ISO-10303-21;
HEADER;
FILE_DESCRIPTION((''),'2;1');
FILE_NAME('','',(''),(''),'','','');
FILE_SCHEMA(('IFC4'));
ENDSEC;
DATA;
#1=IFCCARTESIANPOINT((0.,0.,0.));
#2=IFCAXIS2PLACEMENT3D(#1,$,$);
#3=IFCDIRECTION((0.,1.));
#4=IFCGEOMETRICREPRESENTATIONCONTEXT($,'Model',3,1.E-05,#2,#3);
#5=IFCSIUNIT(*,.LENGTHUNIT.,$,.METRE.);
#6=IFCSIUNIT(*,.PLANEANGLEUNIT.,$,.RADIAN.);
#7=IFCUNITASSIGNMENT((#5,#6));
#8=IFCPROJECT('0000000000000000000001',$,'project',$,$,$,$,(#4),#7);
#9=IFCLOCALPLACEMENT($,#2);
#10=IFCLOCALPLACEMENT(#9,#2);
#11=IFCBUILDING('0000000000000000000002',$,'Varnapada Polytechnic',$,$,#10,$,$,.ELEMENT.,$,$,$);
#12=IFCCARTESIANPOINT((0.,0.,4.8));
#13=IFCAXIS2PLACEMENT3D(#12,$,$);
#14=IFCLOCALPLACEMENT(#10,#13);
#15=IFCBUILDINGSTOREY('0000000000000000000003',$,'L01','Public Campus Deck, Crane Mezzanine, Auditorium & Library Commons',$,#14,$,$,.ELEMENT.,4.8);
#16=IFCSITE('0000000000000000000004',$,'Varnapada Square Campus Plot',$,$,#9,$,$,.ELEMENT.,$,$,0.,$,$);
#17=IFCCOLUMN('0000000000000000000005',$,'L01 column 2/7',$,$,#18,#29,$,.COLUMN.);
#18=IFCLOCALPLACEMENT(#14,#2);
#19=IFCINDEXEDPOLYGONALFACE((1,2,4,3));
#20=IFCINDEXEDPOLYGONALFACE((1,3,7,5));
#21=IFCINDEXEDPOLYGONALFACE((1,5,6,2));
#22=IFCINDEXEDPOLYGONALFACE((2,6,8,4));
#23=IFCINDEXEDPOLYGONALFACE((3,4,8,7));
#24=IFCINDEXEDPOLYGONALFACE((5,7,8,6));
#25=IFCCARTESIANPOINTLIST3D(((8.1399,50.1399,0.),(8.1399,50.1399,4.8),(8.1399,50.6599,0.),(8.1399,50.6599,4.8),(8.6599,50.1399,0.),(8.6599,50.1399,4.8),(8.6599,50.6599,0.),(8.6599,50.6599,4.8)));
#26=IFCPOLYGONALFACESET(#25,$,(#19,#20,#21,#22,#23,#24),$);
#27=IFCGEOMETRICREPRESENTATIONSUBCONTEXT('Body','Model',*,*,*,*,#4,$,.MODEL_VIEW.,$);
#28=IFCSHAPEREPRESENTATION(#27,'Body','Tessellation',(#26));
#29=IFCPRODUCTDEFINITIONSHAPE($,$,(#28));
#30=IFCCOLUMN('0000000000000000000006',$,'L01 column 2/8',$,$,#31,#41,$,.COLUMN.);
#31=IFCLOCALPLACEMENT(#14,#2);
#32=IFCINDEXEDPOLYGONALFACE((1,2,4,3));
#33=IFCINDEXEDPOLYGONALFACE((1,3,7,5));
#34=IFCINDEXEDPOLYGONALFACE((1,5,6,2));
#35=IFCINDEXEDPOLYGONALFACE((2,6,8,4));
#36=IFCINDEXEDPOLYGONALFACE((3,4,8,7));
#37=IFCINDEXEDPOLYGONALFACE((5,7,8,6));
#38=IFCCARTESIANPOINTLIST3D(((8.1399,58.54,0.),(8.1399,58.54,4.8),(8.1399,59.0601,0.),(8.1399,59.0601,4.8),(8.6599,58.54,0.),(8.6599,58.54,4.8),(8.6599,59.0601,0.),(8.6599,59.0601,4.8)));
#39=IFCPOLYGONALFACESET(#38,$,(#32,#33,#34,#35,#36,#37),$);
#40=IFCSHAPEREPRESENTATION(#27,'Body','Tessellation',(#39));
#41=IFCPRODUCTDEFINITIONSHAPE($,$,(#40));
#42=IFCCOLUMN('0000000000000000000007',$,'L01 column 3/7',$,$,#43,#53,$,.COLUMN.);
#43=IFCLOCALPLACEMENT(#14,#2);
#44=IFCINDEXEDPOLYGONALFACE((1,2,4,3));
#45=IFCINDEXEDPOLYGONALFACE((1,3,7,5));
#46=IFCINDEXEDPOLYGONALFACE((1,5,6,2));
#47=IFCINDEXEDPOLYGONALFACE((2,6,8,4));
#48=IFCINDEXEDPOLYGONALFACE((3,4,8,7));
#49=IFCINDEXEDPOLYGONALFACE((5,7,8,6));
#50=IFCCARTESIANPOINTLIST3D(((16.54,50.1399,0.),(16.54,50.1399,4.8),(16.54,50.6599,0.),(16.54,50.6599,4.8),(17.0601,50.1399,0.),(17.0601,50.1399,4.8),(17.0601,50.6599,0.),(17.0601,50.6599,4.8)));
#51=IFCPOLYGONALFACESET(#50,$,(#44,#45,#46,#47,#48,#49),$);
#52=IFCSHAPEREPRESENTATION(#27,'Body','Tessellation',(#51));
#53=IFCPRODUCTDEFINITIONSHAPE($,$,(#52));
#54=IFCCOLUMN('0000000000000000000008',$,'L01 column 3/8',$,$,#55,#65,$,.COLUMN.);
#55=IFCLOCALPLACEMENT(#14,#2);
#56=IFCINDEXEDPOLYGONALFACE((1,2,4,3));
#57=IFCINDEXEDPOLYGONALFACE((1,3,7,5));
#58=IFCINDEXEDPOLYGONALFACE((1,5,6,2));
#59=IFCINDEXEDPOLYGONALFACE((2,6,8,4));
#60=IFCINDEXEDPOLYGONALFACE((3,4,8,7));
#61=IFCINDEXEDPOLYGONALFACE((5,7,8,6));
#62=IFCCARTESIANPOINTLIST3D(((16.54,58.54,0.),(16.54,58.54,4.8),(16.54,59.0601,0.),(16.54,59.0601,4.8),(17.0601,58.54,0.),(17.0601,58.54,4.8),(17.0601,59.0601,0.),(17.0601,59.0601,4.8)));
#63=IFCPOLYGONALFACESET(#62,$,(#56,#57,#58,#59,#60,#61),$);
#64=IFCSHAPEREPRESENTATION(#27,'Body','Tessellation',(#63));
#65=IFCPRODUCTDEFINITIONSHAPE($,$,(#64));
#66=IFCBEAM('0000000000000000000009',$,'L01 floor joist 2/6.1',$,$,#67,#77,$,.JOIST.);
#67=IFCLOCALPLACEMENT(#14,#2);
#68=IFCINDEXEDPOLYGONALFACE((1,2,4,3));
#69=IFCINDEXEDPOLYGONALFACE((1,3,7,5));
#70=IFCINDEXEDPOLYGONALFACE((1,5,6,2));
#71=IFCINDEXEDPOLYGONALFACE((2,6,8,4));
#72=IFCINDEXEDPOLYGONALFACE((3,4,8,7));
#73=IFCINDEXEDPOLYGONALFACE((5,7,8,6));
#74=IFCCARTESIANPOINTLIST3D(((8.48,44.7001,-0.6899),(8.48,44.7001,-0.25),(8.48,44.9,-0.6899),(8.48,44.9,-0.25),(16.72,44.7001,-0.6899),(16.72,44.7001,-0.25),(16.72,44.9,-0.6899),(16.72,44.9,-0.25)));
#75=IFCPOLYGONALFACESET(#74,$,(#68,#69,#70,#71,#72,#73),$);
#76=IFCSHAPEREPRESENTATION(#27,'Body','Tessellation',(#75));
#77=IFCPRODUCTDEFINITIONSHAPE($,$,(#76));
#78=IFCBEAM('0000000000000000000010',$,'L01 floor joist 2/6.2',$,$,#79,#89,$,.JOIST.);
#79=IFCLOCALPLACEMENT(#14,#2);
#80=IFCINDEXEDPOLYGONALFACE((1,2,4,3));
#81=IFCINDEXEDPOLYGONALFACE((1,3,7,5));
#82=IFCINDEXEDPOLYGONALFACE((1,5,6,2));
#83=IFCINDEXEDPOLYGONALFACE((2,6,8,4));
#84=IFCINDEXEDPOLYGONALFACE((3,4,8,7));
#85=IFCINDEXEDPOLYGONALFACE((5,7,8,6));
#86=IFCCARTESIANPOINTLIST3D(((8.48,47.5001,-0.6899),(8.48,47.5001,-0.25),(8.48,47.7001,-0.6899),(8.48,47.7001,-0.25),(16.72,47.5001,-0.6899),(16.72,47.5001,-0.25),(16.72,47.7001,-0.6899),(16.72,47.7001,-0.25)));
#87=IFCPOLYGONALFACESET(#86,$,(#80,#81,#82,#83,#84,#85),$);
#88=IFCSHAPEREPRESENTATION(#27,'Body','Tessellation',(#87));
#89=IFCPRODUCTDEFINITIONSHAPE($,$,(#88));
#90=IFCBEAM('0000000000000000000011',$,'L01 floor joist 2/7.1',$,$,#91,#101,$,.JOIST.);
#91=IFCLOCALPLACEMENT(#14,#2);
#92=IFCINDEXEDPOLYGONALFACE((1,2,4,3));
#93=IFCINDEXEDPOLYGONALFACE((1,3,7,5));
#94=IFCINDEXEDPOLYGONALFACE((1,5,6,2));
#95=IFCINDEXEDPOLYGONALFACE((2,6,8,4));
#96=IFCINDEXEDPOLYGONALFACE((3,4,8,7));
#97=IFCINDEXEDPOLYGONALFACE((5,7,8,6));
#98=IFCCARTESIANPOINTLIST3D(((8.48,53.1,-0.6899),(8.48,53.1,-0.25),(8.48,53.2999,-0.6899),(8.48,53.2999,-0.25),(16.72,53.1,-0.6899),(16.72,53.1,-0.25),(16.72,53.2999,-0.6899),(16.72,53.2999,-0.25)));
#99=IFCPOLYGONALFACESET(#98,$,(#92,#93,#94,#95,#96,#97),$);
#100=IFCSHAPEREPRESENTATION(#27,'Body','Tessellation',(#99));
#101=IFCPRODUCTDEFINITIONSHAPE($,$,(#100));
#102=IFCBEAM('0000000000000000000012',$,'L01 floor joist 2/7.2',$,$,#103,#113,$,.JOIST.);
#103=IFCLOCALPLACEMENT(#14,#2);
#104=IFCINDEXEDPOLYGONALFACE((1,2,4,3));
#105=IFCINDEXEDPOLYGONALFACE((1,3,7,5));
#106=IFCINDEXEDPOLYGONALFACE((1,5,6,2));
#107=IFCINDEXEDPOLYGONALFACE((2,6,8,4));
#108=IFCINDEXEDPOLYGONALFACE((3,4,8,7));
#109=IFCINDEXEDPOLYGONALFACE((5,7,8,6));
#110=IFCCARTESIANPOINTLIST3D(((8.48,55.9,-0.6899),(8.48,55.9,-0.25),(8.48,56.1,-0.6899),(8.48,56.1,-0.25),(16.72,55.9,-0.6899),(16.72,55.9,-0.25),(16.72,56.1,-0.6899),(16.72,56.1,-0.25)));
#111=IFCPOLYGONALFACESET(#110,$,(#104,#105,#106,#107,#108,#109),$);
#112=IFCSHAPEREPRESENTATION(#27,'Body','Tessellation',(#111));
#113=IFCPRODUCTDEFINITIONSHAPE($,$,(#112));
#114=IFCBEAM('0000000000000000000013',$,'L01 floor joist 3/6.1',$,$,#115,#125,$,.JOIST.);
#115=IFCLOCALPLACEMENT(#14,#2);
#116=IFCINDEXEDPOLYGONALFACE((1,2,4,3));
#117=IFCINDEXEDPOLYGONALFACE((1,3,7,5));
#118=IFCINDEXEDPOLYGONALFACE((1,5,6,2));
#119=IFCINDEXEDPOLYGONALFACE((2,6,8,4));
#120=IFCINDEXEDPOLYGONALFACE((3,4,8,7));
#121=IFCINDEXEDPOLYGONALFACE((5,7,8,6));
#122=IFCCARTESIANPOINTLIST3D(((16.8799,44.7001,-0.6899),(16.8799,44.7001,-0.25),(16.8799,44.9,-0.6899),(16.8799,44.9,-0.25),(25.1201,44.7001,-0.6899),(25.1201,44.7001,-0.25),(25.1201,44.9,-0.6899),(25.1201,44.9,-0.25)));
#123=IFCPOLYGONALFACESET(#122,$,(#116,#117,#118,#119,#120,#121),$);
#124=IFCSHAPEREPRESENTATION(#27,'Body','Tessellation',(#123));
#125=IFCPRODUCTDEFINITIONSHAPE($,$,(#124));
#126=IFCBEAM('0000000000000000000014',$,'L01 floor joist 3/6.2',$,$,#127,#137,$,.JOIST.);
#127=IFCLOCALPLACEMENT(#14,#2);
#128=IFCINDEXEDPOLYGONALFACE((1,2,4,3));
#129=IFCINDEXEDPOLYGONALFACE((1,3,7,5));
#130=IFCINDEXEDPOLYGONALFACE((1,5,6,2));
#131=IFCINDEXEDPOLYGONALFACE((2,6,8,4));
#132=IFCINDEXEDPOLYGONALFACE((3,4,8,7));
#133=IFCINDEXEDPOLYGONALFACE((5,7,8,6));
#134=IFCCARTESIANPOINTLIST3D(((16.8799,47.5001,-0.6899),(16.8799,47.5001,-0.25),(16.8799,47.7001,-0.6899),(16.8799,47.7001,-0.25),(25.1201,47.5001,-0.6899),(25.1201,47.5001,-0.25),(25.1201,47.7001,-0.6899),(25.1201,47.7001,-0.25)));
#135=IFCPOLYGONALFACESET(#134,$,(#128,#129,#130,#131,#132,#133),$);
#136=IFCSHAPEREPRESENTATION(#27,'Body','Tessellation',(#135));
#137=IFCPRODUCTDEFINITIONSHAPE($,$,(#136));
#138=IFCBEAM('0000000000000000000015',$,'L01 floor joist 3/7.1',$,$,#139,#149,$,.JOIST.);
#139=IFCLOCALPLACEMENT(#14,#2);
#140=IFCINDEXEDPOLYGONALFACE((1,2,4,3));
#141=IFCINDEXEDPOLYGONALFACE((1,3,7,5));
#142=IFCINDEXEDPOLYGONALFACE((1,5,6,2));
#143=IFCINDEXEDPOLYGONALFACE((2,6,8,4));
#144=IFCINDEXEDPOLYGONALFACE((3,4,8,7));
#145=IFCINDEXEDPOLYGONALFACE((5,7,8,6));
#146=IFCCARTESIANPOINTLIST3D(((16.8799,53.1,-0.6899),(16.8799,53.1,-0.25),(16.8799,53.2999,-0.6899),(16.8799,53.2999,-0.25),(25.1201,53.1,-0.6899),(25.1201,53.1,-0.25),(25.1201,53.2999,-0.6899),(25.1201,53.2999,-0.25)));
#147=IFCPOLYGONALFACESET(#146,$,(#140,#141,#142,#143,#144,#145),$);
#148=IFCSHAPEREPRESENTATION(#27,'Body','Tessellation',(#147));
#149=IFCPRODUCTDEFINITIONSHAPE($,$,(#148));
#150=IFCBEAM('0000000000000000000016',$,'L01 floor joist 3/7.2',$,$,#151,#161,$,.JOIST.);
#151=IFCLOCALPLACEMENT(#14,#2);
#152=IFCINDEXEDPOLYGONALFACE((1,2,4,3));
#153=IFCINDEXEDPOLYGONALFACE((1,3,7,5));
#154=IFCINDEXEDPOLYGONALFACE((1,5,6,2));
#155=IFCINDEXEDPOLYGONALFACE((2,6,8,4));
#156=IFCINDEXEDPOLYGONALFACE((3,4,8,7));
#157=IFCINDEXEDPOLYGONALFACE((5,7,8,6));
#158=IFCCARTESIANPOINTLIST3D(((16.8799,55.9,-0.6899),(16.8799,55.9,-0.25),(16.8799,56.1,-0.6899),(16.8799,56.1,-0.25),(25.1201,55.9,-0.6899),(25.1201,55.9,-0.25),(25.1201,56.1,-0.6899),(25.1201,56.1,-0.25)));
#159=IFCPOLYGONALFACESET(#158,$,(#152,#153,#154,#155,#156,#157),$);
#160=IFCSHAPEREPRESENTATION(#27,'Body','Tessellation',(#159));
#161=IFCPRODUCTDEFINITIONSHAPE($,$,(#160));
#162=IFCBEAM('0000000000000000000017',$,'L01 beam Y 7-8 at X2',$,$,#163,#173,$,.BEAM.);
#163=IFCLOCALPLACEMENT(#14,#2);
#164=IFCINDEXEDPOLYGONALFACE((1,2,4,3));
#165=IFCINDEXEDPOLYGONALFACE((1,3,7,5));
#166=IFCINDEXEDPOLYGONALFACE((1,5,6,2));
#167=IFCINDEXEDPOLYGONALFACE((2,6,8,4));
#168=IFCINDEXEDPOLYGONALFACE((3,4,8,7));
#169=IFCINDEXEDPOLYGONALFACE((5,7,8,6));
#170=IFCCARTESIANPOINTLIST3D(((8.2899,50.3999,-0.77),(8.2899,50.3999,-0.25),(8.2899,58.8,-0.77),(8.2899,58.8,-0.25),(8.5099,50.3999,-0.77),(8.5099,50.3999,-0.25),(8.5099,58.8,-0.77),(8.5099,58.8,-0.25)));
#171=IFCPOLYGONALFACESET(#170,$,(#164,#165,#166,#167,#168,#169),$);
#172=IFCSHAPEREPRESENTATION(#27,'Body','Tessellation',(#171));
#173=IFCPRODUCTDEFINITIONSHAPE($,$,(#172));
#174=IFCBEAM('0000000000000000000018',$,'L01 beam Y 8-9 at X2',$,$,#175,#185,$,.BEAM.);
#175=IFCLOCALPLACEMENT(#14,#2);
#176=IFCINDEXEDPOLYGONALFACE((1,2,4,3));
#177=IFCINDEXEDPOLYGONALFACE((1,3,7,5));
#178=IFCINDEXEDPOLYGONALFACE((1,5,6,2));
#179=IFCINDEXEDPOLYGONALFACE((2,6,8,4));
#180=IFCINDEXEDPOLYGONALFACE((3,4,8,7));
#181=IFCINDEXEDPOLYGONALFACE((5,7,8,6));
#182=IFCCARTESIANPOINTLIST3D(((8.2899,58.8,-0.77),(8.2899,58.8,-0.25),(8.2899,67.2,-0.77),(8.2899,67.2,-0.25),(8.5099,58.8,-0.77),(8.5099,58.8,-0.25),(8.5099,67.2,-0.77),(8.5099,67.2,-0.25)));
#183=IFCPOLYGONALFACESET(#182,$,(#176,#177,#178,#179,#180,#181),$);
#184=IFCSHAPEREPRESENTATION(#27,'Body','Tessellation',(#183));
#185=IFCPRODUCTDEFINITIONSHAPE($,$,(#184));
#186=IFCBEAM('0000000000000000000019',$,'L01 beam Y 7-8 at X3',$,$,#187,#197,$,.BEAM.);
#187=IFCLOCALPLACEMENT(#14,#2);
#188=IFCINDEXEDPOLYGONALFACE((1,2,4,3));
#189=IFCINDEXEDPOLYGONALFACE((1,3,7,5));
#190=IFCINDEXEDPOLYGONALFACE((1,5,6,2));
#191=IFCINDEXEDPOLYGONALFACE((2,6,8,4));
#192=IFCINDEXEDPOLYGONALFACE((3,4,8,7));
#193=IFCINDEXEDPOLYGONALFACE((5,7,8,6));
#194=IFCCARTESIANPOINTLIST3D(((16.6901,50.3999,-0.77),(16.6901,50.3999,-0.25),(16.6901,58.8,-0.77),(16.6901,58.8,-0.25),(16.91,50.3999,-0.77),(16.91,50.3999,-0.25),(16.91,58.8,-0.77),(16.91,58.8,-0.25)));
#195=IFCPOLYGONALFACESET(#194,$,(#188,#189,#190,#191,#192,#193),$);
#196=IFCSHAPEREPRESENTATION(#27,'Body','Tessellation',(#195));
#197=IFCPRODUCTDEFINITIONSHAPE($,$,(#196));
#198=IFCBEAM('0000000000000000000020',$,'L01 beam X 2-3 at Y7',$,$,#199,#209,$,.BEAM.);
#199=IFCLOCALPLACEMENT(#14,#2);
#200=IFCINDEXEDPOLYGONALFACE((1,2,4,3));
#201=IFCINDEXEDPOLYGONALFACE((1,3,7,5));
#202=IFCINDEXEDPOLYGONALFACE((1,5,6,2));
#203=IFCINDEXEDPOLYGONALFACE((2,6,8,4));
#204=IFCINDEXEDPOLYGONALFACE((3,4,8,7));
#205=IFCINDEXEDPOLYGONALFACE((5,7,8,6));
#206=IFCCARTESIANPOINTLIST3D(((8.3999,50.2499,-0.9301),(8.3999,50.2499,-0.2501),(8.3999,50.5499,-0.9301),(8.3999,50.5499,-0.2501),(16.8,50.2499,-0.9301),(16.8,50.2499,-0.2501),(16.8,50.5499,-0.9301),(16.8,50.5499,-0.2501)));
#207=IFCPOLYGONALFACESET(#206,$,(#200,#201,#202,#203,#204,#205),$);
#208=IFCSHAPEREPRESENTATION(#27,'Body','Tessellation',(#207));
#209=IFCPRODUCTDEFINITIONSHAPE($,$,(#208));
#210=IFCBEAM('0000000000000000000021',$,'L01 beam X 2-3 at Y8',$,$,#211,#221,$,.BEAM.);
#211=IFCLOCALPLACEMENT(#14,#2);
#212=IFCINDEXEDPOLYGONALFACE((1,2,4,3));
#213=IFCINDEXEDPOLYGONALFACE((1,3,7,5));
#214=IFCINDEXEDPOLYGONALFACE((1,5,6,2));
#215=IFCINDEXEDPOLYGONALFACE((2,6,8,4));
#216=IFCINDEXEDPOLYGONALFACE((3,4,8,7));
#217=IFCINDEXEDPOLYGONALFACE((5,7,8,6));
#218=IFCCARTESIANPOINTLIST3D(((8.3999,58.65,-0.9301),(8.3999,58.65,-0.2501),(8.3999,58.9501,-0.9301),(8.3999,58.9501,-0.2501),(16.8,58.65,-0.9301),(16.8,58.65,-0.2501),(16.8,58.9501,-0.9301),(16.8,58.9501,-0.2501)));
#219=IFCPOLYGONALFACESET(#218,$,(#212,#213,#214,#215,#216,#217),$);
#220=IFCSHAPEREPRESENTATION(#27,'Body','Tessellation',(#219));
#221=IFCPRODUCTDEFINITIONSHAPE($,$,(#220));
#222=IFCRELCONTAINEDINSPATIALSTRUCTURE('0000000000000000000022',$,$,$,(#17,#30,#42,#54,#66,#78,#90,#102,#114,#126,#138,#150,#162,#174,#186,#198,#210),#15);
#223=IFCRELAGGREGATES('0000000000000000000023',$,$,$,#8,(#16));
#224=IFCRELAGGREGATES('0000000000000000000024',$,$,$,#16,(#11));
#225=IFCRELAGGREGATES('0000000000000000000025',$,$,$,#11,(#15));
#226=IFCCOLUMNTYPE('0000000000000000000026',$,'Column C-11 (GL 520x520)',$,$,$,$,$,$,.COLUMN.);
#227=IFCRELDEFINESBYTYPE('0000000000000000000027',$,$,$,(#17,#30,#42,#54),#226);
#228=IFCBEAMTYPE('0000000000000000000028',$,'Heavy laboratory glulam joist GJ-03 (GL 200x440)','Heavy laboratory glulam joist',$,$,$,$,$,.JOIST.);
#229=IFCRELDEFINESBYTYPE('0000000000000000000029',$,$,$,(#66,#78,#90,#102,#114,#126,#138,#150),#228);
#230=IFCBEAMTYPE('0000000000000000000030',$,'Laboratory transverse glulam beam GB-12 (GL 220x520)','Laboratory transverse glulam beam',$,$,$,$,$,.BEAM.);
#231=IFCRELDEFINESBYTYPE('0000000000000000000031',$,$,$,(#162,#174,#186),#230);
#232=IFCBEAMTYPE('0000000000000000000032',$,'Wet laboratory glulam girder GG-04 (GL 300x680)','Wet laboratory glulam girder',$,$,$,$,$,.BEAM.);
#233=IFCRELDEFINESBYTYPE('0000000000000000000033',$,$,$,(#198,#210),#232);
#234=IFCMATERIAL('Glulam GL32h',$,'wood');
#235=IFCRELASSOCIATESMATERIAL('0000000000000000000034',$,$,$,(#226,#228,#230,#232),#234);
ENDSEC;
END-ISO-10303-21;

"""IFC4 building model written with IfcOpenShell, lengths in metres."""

from ifc_helpers import new_model, si_unit, direction, frame, origin, origin_2d, place, context, subcontext, project, spatial, rectangle, extrude, material, material_profile, profile_set, type_object, element, save


model = new_model("IFC4")

# Units and contexts
model_context = context("Model", 3, precision=1e-05, world=origin(), true_north=direction((0.0, 1.0)))
body_context = subcontext(model_context, "Body", "Model", "MODEL_VIEW")
ifc_project = project(units=[si_unit("LENGTHUNIT", "METRE"), si_unit("PLANEANGLEUNIT", "RADIAN")], contexts=[model_context])

# Site, building, storey
site_placement = place(None, origin())
site = spatial("IfcSite", under=ifc_project, at=site_placement, Name="Varnapada Square Campus Plot", CompositionType="ELEMENT", RefElevation=0.0)
building_placement = place(site_placement, origin())
building = spatial("IfcBuilding", under=site, at=building_placement, Name="Varnapada Polytechnic", CompositionType="ELEMENT")
storey_placement = place(building_placement, frame((0.0, 0.0, 4.8)))
storey = spatial("IfcBuildingStorey", under=building, at=storey_placement, Name="L01", Description="Public Campus Deck, Crane Mezzanine, Auditorium & Library Commons", CompositionType="ELEMENT", Elevation=4.8)

# Columns
ifc_material_1 = material(Name="Glulam GL32h", Category="wood")
ifc_material_profile_1 = material_profile(ifc_material_1, rectangle(XDim=0.52, YDim=0.52, at=origin_2d()), Name="GL 520x520")
ifc_profile_set_1 = profile_set([ifc_material_profile_1], Name="Glulam GL32h")
column_type = type_object("IfcColumnType", Name="Column C-11 (GL 520x520)", PredefinedType="COLUMN", material=ifc_profile_set_1)
for number, where, z_axis, x_axis, name in (
    (1, (8.3999, 50.3999, 0.0), (0.0, 0.0, 1.0), (1.0, 0.0, 0.0), "L01 column 2/7"),
    (2, (8.3999, 58.8, 0.0), (0.0, 0.0, 1.0), (1.0, 0.0, 0.0), "L01 column 2/8"),
    (3, (16.8, 50.3999, 0.0), (0.0, 0.0, 1.0), (1.0, 0.0, 0.0), "L01 column 3/7"),
    (4, (16.8, 58.8, 0.0), (0.0, 0.0, 1.0), (1.0, 0.0, 0.0), "L01 column 3/8"),
):
    element("IfcColumn", number, at=place(storey_placement, frame(where, z_axis=z_axis, x_axis=x_axis)), inside=storey, type_object=column_type, Name=name, PredefinedType="COLUMN", context=body_context, shape_type="SweptSolid", body=[
        extrude(rectangle(XDim=0.52, YDim=0.52, at=origin_2d()), origin(), (0.0, 0.0, 1.0), 4.8),
    ])

# Beams
ifc_material_profile_2 = material_profile(ifc_material_1, rectangle(XDim=0.2, YDim=0.4399, at=origin_2d()), Name="GL 200x440")
ifc_profile_set_2 = profile_set([ifc_material_profile_2], Name="Glulam GL32h")
beam_type_1 = type_object("IfcBeamType", Name="Heavy laboratory glulam joist GJ-03 (GL 200x440)", Description="Heavy laboratory glulam joist", PredefinedType="JOIST", material=ifc_profile_set_2)
for number, where, z_axis, x_axis, name in (
    (5, (8.48, 44.8, -0.47), (1.0, 0.0, 0.0), (0.0, 1.0, 0.0), "L01 floor joist 2/6.1"),
    (6, (8.48, 47.6001, -0.47), (1.0, 0.0, 0.0), (0.0, 1.0, 0.0), "L01 floor joist 2/6.2"),
    (7, (8.48, 53.2, -0.47), (1.0, 0.0, 0.0), (0.0, 1.0, 0.0), "L01 floor joist 2/7.1"),
    (8, (8.48, 56.0, -0.47), (1.0, 0.0, 0.0), (0.0, 1.0, 0.0), "L01 floor joist 2/7.2"),
):
    element("IfcBeam", number, at=place(storey_placement, frame(where, z_axis=z_axis, x_axis=x_axis)), inside=storey, type_object=beam_type_1, Name=name, PredefinedType="JOIST", context=body_context, shape_type="SweptSolid", body=[
        extrude(rectangle(XDim=0.2, YDim=0.4399, at=origin_2d()), origin(), (0.0, 0.0, 1.0), 8.24),
    ])
for number, where, z_axis, x_axis, name in (
    (9, (16.8799, 44.8, -0.47), (1.0, 0.0, 0.0), (0.0, 1.0, 0.0), "L01 floor joist 3/6.1"),
    (10, (16.8799, 47.6001, -0.47), (1.0, 0.0, 0.0), (0.0, 1.0, 0.0), "L01 floor joist 3/6.2"),
    (11, (16.8799, 53.2, -0.47), (1.0, 0.0, 0.0), (0.0, 1.0, 0.0), "L01 floor joist 3/7.1"),
    (12, (16.8799, 56.0, -0.47), (1.0, 0.0, 0.0), (0.0, 1.0, 0.0), "L01 floor joist 3/7.2"),
):
    element("IfcBeam", number, at=place(storey_placement, frame(where, z_axis=z_axis, x_axis=x_axis)), inside=storey, type_object=beam_type_1, Name=name, PredefinedType="JOIST", context=body_context, shape_type="SweptSolid", body=[
        extrude(rectangle(XDim=0.2, YDim=0.4399, at=origin_2d()), origin(), (0.0, 0.0, 1.0), 8.2402),
    ])
ifc_material_profile_3 = material_profile(ifc_material_1, rectangle(XDim=0.22, YDim=0.52, at=origin_2d()), Name="GL 220x520")
ifc_profile_set_3 = profile_set([ifc_material_profile_3], Name="Glulam GL32h")
beam_type_2 = type_object("IfcBeamType", Name="Laboratory transverse glulam beam GB-12 (GL 220x520)", Description="Laboratory transverse glulam beam", PredefinedType="BEAM", material=ifc_profile_set_3)
beam_1_placement = place(storey_placement, frame((8.3999, 50.3999, -0.51), z_axis=(0.0, 1.0, 0.0), x_axis=(-1.0, 0.0, 0.0)))
element("IfcBeam", 13, at=beam_1_placement, inside=storey, type_object=beam_type_2, Name="L01 beam Y 7-8 at X2", PredefinedType="BEAM", context=body_context, shape_type="SweptSolid", body=[
    extrude(rectangle(XDim=0.22, YDim=0.52, at=origin_2d()), origin(), (0.0, 0.0, 1.0), 8.4001),
])
beam_2_placement = place(storey_placement, frame((8.3999, 58.8, -0.51), z_axis=(0.0, 1.0, 0.0), x_axis=(-1.0, 0.0, 0.0)))
element("IfcBeam", 14, at=beam_2_placement, inside=storey, type_object=beam_type_2, Name="L01 beam Y 8-9 at X2", PredefinedType="BEAM", context=body_context, shape_type="SweptSolid", body=[
    extrude(rectangle(XDim=0.22, YDim=0.52, at=origin_2d()), origin(), (0.0, 0.0, 1.0), 8.3999),
])
beam_3_placement = place(storey_placement, frame((16.8, 50.3999, -0.51), z_axis=(0.0, 1.0, 0.0), x_axis=(-1.0, 0.0, 0.0)))
element("IfcBeam", 15, at=beam_3_placement, inside=storey, type_object=beam_type_2, Name="L01 beam Y 7-8 at X3", PredefinedType="BEAM", context=body_context, shape_type="SweptSolid", body=[
    extrude(rectangle(XDim=0.22, YDim=0.52, at=origin_2d()), origin(), (0.0, 0.0, 1.0), 8.4001),
])
ifc_material_profile_4 = material_profile(ifc_material_1, rectangle(XDim=0.3, YDim=0.6799, at=origin_2d()), Name="GL 300x680")
ifc_profile_set_4 = profile_set([ifc_material_profile_4], Name="Glulam GL32h")
beam_type_3 = type_object("IfcBeamType", Name="Wet laboratory glulam girder GG-04 (GL 300x680)", Description="Wet laboratory glulam girder", PredefinedType="BEAM", material=ifc_profile_set_4)
for number, where, z_axis, x_axis, name in (
    (16, (8.3999, 50.3999, -0.5901), (1.0, 0.0, 0.0), (0.0, 1.0, 0.0), "L01 beam X 2-3 at Y7"),
    (17, (8.3999, 58.8, -0.5901), (1.0, 0.0, 0.0), (0.0, 1.0, 0.0), "L01 beam X 2-3 at Y8"),
):
    element("IfcBeam", number, at=place(storey_placement, frame(where, z_axis=z_axis, x_axis=x_axis)), inside=storey, type_object=beam_type_3, Name=name, PredefinedType="BEAM", context=body_context, shape_type="SweptSolid", body=[
        extrude(rectangle(XDim=0.3, YDim=0.6799, at=origin_2d()), origin(), (0.0, 0.0, 1.0), 8.4001),
    ])

save(model, "model.ifc")
